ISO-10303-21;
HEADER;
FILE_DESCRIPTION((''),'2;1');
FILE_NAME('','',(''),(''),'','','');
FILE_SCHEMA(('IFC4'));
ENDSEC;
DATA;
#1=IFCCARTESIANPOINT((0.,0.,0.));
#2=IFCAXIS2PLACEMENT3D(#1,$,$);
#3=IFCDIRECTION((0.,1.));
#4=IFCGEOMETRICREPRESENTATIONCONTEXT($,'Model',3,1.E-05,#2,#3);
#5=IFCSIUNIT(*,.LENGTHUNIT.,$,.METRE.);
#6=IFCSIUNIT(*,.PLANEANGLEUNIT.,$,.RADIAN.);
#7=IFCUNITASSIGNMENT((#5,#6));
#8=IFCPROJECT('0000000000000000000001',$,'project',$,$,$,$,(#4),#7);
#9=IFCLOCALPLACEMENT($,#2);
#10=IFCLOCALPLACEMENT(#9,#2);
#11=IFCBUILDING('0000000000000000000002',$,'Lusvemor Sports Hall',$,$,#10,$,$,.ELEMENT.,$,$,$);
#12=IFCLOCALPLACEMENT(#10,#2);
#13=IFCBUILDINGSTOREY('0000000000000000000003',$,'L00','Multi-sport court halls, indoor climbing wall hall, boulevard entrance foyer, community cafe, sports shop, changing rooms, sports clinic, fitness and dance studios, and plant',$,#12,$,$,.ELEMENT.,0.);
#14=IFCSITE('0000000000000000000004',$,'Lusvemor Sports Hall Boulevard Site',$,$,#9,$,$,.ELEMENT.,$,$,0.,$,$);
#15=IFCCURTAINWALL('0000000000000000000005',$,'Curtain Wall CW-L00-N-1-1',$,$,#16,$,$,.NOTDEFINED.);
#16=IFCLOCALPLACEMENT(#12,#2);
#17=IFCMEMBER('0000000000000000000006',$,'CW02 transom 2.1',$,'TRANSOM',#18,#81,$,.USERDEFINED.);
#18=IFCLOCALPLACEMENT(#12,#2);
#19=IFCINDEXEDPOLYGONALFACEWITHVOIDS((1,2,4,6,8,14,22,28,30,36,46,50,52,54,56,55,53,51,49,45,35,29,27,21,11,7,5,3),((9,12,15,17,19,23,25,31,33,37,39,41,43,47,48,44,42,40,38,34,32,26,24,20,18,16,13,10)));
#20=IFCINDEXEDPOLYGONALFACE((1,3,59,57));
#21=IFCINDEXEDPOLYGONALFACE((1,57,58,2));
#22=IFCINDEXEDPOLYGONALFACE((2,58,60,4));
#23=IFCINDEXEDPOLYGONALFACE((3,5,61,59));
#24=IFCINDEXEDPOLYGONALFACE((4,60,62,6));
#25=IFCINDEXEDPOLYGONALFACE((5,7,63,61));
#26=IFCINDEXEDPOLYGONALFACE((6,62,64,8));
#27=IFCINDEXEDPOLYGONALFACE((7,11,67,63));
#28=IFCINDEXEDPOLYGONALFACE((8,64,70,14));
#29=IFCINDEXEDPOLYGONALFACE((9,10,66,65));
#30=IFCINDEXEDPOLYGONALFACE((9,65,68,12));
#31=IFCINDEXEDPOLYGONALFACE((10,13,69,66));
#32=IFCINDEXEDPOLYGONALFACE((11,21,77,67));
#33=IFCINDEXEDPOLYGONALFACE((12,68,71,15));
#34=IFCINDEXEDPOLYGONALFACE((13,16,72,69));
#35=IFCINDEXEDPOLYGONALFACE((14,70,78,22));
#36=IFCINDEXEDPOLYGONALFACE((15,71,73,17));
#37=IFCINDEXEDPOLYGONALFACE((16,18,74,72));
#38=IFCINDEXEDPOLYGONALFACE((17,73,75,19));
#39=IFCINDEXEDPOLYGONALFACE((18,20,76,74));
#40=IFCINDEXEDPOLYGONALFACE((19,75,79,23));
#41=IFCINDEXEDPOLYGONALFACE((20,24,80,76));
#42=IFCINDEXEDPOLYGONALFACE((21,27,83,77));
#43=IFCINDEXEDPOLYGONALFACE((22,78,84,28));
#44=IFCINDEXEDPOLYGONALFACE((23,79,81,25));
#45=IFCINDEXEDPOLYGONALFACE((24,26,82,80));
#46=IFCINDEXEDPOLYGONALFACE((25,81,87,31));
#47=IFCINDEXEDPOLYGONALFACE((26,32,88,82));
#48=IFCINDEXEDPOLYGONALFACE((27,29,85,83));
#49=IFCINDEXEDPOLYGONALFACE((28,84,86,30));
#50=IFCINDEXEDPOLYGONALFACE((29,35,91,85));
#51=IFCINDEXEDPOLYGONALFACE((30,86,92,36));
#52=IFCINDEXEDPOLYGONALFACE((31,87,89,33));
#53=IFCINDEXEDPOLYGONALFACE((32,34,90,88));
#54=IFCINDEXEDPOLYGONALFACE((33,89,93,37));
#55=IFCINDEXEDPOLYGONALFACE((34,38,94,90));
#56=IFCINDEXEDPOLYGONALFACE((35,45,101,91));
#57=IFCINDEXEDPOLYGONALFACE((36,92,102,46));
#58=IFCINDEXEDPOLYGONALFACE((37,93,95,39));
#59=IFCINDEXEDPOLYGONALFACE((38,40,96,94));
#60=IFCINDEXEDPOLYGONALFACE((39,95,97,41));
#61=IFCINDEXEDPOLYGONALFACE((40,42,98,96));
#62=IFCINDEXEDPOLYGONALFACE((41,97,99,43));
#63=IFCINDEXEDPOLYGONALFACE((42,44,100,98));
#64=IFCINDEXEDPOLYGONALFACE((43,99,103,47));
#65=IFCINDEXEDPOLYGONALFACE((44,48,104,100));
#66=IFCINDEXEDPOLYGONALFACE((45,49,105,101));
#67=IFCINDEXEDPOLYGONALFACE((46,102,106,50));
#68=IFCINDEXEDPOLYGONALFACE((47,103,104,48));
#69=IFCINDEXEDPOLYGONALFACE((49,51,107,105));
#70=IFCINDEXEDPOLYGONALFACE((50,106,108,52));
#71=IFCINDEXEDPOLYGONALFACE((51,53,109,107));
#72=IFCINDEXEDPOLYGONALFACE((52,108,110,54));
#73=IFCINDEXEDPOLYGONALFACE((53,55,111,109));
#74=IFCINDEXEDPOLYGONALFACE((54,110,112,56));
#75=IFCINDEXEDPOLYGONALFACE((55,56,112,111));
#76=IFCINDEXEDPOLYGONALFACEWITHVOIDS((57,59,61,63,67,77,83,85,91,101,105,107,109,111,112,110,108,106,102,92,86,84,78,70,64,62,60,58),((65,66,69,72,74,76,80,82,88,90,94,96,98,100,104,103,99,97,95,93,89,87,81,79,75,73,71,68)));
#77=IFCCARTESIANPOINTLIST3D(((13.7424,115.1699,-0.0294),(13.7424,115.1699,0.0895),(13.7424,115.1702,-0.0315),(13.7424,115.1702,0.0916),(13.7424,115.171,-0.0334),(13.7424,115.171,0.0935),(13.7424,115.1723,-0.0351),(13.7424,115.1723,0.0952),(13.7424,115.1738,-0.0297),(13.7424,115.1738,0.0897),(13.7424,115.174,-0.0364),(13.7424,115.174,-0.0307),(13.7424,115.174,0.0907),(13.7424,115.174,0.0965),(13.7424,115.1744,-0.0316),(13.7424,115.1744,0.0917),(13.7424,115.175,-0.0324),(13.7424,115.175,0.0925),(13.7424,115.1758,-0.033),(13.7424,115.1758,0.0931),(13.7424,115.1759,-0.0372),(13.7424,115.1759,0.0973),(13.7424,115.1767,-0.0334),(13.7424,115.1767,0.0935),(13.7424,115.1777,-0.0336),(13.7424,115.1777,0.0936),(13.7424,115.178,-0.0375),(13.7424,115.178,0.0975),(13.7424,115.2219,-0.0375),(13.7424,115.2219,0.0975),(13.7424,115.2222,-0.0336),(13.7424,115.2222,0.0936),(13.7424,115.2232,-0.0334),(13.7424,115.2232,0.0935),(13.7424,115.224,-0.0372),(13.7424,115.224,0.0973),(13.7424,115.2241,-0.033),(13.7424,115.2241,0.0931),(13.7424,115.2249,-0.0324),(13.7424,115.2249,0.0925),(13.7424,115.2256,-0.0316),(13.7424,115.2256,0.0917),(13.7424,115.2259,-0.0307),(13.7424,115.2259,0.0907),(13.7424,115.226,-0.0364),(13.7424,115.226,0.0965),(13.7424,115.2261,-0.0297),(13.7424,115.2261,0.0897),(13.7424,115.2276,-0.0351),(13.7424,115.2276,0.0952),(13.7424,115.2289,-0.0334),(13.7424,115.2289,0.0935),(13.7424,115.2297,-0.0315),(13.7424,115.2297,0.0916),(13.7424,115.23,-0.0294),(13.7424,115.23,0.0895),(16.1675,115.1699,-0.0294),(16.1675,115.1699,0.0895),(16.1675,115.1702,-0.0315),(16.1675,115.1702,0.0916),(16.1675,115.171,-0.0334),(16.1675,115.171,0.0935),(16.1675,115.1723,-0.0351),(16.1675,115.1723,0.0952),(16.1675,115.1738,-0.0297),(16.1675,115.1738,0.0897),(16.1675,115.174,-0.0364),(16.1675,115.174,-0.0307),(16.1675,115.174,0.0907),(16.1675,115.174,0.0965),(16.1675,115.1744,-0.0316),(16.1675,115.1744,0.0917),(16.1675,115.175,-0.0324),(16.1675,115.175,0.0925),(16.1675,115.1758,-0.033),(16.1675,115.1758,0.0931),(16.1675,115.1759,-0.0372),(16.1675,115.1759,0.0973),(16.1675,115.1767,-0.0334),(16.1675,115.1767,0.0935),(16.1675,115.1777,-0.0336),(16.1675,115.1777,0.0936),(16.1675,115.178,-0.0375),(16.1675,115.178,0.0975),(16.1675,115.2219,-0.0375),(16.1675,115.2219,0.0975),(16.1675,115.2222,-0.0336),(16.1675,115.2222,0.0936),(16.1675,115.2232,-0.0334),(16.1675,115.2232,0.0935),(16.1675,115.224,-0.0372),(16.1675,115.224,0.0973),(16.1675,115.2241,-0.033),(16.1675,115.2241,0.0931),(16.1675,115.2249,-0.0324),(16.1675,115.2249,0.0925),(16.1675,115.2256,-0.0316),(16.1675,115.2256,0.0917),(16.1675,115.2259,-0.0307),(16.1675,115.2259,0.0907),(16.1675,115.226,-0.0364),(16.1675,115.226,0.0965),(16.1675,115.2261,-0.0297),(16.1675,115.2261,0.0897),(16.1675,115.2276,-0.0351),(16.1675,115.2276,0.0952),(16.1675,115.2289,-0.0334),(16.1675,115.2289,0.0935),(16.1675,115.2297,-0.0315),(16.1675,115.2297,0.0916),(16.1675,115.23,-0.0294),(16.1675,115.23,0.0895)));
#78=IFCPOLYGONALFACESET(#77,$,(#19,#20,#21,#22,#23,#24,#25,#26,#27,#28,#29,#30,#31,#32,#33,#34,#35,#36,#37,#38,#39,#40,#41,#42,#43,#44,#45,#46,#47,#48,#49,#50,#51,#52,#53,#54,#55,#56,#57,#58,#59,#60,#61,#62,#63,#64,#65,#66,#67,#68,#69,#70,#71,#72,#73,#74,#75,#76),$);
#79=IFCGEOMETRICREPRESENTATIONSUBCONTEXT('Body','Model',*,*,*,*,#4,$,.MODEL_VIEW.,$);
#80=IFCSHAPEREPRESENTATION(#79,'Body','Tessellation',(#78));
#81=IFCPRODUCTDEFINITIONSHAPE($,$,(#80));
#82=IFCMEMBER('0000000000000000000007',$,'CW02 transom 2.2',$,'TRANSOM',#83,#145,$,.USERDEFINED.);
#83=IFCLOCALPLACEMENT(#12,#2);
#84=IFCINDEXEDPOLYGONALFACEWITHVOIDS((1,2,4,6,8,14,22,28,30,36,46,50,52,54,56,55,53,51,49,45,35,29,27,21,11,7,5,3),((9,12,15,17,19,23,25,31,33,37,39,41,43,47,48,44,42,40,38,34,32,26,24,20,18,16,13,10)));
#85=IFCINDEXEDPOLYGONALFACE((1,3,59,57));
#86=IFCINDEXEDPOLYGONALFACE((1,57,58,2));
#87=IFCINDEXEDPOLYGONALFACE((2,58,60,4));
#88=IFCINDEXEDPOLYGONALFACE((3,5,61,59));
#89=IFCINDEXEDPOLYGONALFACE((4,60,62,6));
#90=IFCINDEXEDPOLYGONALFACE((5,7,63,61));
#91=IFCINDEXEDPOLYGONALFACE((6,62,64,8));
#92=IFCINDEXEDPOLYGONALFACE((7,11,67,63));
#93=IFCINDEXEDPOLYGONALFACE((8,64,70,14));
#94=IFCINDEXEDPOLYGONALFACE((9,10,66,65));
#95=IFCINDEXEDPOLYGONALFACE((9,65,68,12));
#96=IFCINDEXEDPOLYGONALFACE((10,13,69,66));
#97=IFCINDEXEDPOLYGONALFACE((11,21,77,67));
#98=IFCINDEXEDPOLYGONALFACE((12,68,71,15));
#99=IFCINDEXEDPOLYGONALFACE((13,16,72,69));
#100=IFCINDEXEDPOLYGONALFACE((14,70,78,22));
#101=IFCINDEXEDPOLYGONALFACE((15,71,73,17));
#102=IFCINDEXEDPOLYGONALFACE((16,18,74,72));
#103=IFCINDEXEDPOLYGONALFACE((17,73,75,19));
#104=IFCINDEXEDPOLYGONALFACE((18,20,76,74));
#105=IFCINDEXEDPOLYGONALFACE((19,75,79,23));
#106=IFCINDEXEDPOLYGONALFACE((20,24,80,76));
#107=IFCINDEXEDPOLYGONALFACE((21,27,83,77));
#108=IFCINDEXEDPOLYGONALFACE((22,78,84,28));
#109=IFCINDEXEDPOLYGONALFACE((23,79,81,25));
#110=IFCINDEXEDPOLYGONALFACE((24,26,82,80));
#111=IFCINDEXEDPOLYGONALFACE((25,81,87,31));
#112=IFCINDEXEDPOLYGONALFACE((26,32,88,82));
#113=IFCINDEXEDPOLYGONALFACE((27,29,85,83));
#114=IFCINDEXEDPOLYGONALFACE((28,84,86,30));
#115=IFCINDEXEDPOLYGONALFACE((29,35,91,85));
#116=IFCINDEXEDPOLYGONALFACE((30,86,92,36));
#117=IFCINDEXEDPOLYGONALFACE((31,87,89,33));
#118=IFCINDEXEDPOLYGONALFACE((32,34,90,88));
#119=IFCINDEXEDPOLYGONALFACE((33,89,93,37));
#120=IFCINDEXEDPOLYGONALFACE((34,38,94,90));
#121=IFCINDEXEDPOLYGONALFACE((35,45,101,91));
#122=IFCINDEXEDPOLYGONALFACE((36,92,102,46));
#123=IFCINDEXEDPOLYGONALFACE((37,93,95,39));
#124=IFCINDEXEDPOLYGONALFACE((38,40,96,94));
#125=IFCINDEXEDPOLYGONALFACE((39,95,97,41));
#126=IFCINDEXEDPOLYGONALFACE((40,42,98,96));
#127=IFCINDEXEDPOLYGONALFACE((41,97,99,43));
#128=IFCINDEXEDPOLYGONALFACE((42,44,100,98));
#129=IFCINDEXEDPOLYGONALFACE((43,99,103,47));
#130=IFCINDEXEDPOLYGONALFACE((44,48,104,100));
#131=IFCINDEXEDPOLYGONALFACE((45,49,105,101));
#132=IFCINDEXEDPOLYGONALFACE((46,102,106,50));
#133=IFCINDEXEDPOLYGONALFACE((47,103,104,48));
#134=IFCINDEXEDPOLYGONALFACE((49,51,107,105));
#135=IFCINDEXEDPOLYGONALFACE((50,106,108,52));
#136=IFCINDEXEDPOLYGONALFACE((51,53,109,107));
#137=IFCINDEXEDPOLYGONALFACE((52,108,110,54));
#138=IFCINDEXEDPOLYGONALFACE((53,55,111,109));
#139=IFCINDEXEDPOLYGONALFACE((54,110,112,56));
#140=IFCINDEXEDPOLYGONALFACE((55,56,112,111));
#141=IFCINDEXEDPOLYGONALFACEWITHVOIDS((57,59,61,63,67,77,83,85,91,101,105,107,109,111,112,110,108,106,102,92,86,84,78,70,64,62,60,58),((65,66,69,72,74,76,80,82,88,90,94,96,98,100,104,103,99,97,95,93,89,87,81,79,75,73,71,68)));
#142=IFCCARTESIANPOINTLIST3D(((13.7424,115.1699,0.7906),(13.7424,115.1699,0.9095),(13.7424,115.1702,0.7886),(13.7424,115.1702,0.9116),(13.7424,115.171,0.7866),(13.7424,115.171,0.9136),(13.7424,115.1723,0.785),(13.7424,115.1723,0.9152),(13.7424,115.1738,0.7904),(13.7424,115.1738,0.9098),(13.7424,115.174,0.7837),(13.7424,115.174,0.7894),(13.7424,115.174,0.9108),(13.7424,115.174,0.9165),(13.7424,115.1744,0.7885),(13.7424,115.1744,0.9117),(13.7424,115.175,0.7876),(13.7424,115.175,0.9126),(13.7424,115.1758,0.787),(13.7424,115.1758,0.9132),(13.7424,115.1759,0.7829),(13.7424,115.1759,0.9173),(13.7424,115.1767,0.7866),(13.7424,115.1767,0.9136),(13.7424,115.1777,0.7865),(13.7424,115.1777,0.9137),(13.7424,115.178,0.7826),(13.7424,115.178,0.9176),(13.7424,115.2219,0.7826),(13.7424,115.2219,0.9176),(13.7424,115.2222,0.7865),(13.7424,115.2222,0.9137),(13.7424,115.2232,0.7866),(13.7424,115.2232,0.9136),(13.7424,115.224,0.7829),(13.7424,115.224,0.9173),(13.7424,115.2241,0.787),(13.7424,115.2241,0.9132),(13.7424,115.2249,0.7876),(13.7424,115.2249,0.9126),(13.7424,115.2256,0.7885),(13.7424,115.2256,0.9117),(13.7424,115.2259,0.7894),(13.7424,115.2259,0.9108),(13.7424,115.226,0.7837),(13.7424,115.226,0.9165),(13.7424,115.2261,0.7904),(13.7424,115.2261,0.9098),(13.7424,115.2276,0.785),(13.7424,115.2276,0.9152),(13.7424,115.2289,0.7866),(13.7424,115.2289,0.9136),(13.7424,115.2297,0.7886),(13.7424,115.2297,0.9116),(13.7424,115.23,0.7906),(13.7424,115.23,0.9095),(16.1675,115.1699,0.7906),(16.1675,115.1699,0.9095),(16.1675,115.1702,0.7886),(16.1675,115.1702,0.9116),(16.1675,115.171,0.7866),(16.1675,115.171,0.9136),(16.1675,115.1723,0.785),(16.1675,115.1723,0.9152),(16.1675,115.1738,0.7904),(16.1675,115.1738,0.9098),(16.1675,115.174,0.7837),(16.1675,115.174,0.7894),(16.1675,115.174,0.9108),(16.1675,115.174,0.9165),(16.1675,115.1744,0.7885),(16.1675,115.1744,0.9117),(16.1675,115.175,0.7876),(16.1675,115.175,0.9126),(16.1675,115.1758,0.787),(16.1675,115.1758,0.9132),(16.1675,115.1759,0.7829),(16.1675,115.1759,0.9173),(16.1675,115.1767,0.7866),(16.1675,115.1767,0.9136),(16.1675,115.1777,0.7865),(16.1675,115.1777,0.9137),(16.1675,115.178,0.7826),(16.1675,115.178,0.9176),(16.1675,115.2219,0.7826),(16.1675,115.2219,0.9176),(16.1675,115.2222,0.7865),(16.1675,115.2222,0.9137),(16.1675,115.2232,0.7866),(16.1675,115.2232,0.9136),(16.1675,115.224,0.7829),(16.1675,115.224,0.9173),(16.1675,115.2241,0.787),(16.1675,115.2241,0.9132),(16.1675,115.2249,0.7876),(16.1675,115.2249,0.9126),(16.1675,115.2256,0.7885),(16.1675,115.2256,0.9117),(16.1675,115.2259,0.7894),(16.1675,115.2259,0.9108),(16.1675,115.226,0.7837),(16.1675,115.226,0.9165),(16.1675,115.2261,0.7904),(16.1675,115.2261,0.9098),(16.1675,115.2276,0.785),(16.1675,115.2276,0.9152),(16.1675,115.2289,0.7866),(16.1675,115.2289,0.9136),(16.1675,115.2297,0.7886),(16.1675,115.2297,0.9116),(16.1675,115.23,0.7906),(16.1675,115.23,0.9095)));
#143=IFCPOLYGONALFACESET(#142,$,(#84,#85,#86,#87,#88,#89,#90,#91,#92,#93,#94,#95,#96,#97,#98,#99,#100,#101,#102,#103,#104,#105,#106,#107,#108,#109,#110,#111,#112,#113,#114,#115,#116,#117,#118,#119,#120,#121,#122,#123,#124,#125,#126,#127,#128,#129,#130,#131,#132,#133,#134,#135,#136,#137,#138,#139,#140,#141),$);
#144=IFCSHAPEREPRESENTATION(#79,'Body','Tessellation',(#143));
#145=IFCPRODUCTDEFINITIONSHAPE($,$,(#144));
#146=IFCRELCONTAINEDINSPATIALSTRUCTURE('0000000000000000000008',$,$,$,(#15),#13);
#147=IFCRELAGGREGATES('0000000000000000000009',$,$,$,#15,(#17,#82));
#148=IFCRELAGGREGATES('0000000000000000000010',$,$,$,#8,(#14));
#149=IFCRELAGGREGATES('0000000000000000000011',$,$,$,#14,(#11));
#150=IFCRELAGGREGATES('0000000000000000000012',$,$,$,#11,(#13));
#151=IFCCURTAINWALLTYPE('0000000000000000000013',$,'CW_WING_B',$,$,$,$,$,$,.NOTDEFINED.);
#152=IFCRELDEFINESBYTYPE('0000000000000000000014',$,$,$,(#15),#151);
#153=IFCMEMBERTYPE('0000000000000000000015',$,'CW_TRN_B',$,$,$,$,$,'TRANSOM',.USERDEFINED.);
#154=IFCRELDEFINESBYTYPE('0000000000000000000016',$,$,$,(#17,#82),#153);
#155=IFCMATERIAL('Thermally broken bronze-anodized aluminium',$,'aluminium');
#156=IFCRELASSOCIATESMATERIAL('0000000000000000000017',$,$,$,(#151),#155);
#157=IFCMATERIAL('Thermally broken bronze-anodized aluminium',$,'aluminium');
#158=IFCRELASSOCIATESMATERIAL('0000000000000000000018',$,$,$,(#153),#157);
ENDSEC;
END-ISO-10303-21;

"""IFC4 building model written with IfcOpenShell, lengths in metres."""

from ifc_helpers import new_model, si_unit, direction, frame, origin, origin_2d, place, context, subcontext, project, spatial, hollow_rectangle, extrude, material, material_profile, profile_set, type_object, element, aggregate, save


model = new_model("IFC4")

# Units and contexts
model_context = context("Model", 3, precision=1e-05, world=origin(), true_north=direction((0.0, 1.0)))
body_context = subcontext(model_context, "Body", "Model", "MODEL_VIEW")
ifc_project = project(units=[si_unit("LENGTHUNIT", "METRE"), si_unit("PLANEANGLEUNIT", "RADIAN")], contexts=[model_context])

# Site, building, storey
site_placement = place(None, origin())
site = spatial("IfcSite", under=ifc_project, at=site_placement, Name="Lusvemor Sports Hall Boulevard Site", CompositionType="ELEMENT", RefElevation=0.0)
building_placement = place(site_placement, origin())
building = spatial("IfcBuilding", under=site, at=building_placement, Name="Lusvemor Sports Hall", CompositionType="ELEMENT")
storey_placement = place(building_placement, origin())
storey = spatial("IfcBuildingStorey", under=building, at=storey_placement, Name="L00", Description="Multi-sport court halls, indoor climbing wall hall, boulevard entrance foyer, community cafe, sports shop, changing rooms, sports clinic, fitness and dance studios, and plant", CompositionType="ELEMENT", Elevation=0.0)

# Curtain wall, members
ifc_material_1 = material(Name="Thermally broken bronze-anodized aluminium", Category="aluminium")
curtain_wall_type = type_object("IfcCurtainWallType", Name="CW_WING_B", PredefinedType="NOTDEFINED", material=ifc_material_1)
curtain_wall_placement = place(storey_placement, origin())
curtain_wall = element("IfcCurtainWall", 1, at=curtain_wall_placement, inside=storey, type_object=curtain_wall_type, Name="Curtain Wall CW-L00-N-1-1", PredefinedType="NOTDEFINED")
ifc_material_2 = material(Name="Thermally broken bronze-anodized aluminium", Category="aluminium")
ifc_material_profile_1 = material_profile(ifc_material_2, hollow_rectangle(XDim=0.0601, YDim=0.135, WallThickness=0.0039, InnerFilletRadius=0.0039, OuterFilletRadius=0.0081, at=origin_2d()), Name="CWTRN135x60x4")
ifc_profile_set_1 = profile_set([ifc_material_profile_1], Name="Thermally broken bronze-anodized aluminium")
member_type_1 = type_object("IfcMemberType", Name="CW_TRN_B", ElementType="TRANSOM", PredefinedType="USERDEFINED", material=ifc_profile_set_1)
member_1_placement = place(storey_placement, frame((13.7424, 115.2, 0.03), z_axis=(1.0, 0.0, 0.0), x_axis=(0.0, 1.0, 0.0)))
member_1 = element("IfcMember", 2, at=member_1_placement, type_object=member_type_1, Name="CW02 transom 2.1", ObjectType="TRANSOM", PredefinedType="USERDEFINED", context=body_context, shape_type="SweptSolid", body=[
    extrude(hollow_rectangle(XDim=0.0601, YDim=0.135, WallThickness=0.0039, InnerFilletRadius=0.0039, OuterFilletRadius=0.0081, at=origin_2d()), origin(), (0.0, 0.0, 1.0), 2.425),
])
member_2_placement = place(storey_placement, frame((13.7424, 115.2, 0.8501), z_axis=(1.0, 0.0, 0.0), x_axis=(0.0, 1.0, 0.0)))
member_2 = element("IfcMember", 3, at=member_2_placement, type_object=member_type_1, Name="CW02 transom 2.2", ObjectType="TRANSOM", PredefinedType="USERDEFINED", context=body_context, shape_type="SweptSolid", body=[
    extrude(hollow_rectangle(XDim=0.0601, YDim=0.135, WallThickness=0.0039, InnerFilletRadius=0.0039, OuterFilletRadius=0.0081, at=origin_2d()), origin(), (0.0, 0.0, 1.0), 2.425),
])
aggregate(curtain_wall, [member_1, member_2])

save(model, "model.ifc")
